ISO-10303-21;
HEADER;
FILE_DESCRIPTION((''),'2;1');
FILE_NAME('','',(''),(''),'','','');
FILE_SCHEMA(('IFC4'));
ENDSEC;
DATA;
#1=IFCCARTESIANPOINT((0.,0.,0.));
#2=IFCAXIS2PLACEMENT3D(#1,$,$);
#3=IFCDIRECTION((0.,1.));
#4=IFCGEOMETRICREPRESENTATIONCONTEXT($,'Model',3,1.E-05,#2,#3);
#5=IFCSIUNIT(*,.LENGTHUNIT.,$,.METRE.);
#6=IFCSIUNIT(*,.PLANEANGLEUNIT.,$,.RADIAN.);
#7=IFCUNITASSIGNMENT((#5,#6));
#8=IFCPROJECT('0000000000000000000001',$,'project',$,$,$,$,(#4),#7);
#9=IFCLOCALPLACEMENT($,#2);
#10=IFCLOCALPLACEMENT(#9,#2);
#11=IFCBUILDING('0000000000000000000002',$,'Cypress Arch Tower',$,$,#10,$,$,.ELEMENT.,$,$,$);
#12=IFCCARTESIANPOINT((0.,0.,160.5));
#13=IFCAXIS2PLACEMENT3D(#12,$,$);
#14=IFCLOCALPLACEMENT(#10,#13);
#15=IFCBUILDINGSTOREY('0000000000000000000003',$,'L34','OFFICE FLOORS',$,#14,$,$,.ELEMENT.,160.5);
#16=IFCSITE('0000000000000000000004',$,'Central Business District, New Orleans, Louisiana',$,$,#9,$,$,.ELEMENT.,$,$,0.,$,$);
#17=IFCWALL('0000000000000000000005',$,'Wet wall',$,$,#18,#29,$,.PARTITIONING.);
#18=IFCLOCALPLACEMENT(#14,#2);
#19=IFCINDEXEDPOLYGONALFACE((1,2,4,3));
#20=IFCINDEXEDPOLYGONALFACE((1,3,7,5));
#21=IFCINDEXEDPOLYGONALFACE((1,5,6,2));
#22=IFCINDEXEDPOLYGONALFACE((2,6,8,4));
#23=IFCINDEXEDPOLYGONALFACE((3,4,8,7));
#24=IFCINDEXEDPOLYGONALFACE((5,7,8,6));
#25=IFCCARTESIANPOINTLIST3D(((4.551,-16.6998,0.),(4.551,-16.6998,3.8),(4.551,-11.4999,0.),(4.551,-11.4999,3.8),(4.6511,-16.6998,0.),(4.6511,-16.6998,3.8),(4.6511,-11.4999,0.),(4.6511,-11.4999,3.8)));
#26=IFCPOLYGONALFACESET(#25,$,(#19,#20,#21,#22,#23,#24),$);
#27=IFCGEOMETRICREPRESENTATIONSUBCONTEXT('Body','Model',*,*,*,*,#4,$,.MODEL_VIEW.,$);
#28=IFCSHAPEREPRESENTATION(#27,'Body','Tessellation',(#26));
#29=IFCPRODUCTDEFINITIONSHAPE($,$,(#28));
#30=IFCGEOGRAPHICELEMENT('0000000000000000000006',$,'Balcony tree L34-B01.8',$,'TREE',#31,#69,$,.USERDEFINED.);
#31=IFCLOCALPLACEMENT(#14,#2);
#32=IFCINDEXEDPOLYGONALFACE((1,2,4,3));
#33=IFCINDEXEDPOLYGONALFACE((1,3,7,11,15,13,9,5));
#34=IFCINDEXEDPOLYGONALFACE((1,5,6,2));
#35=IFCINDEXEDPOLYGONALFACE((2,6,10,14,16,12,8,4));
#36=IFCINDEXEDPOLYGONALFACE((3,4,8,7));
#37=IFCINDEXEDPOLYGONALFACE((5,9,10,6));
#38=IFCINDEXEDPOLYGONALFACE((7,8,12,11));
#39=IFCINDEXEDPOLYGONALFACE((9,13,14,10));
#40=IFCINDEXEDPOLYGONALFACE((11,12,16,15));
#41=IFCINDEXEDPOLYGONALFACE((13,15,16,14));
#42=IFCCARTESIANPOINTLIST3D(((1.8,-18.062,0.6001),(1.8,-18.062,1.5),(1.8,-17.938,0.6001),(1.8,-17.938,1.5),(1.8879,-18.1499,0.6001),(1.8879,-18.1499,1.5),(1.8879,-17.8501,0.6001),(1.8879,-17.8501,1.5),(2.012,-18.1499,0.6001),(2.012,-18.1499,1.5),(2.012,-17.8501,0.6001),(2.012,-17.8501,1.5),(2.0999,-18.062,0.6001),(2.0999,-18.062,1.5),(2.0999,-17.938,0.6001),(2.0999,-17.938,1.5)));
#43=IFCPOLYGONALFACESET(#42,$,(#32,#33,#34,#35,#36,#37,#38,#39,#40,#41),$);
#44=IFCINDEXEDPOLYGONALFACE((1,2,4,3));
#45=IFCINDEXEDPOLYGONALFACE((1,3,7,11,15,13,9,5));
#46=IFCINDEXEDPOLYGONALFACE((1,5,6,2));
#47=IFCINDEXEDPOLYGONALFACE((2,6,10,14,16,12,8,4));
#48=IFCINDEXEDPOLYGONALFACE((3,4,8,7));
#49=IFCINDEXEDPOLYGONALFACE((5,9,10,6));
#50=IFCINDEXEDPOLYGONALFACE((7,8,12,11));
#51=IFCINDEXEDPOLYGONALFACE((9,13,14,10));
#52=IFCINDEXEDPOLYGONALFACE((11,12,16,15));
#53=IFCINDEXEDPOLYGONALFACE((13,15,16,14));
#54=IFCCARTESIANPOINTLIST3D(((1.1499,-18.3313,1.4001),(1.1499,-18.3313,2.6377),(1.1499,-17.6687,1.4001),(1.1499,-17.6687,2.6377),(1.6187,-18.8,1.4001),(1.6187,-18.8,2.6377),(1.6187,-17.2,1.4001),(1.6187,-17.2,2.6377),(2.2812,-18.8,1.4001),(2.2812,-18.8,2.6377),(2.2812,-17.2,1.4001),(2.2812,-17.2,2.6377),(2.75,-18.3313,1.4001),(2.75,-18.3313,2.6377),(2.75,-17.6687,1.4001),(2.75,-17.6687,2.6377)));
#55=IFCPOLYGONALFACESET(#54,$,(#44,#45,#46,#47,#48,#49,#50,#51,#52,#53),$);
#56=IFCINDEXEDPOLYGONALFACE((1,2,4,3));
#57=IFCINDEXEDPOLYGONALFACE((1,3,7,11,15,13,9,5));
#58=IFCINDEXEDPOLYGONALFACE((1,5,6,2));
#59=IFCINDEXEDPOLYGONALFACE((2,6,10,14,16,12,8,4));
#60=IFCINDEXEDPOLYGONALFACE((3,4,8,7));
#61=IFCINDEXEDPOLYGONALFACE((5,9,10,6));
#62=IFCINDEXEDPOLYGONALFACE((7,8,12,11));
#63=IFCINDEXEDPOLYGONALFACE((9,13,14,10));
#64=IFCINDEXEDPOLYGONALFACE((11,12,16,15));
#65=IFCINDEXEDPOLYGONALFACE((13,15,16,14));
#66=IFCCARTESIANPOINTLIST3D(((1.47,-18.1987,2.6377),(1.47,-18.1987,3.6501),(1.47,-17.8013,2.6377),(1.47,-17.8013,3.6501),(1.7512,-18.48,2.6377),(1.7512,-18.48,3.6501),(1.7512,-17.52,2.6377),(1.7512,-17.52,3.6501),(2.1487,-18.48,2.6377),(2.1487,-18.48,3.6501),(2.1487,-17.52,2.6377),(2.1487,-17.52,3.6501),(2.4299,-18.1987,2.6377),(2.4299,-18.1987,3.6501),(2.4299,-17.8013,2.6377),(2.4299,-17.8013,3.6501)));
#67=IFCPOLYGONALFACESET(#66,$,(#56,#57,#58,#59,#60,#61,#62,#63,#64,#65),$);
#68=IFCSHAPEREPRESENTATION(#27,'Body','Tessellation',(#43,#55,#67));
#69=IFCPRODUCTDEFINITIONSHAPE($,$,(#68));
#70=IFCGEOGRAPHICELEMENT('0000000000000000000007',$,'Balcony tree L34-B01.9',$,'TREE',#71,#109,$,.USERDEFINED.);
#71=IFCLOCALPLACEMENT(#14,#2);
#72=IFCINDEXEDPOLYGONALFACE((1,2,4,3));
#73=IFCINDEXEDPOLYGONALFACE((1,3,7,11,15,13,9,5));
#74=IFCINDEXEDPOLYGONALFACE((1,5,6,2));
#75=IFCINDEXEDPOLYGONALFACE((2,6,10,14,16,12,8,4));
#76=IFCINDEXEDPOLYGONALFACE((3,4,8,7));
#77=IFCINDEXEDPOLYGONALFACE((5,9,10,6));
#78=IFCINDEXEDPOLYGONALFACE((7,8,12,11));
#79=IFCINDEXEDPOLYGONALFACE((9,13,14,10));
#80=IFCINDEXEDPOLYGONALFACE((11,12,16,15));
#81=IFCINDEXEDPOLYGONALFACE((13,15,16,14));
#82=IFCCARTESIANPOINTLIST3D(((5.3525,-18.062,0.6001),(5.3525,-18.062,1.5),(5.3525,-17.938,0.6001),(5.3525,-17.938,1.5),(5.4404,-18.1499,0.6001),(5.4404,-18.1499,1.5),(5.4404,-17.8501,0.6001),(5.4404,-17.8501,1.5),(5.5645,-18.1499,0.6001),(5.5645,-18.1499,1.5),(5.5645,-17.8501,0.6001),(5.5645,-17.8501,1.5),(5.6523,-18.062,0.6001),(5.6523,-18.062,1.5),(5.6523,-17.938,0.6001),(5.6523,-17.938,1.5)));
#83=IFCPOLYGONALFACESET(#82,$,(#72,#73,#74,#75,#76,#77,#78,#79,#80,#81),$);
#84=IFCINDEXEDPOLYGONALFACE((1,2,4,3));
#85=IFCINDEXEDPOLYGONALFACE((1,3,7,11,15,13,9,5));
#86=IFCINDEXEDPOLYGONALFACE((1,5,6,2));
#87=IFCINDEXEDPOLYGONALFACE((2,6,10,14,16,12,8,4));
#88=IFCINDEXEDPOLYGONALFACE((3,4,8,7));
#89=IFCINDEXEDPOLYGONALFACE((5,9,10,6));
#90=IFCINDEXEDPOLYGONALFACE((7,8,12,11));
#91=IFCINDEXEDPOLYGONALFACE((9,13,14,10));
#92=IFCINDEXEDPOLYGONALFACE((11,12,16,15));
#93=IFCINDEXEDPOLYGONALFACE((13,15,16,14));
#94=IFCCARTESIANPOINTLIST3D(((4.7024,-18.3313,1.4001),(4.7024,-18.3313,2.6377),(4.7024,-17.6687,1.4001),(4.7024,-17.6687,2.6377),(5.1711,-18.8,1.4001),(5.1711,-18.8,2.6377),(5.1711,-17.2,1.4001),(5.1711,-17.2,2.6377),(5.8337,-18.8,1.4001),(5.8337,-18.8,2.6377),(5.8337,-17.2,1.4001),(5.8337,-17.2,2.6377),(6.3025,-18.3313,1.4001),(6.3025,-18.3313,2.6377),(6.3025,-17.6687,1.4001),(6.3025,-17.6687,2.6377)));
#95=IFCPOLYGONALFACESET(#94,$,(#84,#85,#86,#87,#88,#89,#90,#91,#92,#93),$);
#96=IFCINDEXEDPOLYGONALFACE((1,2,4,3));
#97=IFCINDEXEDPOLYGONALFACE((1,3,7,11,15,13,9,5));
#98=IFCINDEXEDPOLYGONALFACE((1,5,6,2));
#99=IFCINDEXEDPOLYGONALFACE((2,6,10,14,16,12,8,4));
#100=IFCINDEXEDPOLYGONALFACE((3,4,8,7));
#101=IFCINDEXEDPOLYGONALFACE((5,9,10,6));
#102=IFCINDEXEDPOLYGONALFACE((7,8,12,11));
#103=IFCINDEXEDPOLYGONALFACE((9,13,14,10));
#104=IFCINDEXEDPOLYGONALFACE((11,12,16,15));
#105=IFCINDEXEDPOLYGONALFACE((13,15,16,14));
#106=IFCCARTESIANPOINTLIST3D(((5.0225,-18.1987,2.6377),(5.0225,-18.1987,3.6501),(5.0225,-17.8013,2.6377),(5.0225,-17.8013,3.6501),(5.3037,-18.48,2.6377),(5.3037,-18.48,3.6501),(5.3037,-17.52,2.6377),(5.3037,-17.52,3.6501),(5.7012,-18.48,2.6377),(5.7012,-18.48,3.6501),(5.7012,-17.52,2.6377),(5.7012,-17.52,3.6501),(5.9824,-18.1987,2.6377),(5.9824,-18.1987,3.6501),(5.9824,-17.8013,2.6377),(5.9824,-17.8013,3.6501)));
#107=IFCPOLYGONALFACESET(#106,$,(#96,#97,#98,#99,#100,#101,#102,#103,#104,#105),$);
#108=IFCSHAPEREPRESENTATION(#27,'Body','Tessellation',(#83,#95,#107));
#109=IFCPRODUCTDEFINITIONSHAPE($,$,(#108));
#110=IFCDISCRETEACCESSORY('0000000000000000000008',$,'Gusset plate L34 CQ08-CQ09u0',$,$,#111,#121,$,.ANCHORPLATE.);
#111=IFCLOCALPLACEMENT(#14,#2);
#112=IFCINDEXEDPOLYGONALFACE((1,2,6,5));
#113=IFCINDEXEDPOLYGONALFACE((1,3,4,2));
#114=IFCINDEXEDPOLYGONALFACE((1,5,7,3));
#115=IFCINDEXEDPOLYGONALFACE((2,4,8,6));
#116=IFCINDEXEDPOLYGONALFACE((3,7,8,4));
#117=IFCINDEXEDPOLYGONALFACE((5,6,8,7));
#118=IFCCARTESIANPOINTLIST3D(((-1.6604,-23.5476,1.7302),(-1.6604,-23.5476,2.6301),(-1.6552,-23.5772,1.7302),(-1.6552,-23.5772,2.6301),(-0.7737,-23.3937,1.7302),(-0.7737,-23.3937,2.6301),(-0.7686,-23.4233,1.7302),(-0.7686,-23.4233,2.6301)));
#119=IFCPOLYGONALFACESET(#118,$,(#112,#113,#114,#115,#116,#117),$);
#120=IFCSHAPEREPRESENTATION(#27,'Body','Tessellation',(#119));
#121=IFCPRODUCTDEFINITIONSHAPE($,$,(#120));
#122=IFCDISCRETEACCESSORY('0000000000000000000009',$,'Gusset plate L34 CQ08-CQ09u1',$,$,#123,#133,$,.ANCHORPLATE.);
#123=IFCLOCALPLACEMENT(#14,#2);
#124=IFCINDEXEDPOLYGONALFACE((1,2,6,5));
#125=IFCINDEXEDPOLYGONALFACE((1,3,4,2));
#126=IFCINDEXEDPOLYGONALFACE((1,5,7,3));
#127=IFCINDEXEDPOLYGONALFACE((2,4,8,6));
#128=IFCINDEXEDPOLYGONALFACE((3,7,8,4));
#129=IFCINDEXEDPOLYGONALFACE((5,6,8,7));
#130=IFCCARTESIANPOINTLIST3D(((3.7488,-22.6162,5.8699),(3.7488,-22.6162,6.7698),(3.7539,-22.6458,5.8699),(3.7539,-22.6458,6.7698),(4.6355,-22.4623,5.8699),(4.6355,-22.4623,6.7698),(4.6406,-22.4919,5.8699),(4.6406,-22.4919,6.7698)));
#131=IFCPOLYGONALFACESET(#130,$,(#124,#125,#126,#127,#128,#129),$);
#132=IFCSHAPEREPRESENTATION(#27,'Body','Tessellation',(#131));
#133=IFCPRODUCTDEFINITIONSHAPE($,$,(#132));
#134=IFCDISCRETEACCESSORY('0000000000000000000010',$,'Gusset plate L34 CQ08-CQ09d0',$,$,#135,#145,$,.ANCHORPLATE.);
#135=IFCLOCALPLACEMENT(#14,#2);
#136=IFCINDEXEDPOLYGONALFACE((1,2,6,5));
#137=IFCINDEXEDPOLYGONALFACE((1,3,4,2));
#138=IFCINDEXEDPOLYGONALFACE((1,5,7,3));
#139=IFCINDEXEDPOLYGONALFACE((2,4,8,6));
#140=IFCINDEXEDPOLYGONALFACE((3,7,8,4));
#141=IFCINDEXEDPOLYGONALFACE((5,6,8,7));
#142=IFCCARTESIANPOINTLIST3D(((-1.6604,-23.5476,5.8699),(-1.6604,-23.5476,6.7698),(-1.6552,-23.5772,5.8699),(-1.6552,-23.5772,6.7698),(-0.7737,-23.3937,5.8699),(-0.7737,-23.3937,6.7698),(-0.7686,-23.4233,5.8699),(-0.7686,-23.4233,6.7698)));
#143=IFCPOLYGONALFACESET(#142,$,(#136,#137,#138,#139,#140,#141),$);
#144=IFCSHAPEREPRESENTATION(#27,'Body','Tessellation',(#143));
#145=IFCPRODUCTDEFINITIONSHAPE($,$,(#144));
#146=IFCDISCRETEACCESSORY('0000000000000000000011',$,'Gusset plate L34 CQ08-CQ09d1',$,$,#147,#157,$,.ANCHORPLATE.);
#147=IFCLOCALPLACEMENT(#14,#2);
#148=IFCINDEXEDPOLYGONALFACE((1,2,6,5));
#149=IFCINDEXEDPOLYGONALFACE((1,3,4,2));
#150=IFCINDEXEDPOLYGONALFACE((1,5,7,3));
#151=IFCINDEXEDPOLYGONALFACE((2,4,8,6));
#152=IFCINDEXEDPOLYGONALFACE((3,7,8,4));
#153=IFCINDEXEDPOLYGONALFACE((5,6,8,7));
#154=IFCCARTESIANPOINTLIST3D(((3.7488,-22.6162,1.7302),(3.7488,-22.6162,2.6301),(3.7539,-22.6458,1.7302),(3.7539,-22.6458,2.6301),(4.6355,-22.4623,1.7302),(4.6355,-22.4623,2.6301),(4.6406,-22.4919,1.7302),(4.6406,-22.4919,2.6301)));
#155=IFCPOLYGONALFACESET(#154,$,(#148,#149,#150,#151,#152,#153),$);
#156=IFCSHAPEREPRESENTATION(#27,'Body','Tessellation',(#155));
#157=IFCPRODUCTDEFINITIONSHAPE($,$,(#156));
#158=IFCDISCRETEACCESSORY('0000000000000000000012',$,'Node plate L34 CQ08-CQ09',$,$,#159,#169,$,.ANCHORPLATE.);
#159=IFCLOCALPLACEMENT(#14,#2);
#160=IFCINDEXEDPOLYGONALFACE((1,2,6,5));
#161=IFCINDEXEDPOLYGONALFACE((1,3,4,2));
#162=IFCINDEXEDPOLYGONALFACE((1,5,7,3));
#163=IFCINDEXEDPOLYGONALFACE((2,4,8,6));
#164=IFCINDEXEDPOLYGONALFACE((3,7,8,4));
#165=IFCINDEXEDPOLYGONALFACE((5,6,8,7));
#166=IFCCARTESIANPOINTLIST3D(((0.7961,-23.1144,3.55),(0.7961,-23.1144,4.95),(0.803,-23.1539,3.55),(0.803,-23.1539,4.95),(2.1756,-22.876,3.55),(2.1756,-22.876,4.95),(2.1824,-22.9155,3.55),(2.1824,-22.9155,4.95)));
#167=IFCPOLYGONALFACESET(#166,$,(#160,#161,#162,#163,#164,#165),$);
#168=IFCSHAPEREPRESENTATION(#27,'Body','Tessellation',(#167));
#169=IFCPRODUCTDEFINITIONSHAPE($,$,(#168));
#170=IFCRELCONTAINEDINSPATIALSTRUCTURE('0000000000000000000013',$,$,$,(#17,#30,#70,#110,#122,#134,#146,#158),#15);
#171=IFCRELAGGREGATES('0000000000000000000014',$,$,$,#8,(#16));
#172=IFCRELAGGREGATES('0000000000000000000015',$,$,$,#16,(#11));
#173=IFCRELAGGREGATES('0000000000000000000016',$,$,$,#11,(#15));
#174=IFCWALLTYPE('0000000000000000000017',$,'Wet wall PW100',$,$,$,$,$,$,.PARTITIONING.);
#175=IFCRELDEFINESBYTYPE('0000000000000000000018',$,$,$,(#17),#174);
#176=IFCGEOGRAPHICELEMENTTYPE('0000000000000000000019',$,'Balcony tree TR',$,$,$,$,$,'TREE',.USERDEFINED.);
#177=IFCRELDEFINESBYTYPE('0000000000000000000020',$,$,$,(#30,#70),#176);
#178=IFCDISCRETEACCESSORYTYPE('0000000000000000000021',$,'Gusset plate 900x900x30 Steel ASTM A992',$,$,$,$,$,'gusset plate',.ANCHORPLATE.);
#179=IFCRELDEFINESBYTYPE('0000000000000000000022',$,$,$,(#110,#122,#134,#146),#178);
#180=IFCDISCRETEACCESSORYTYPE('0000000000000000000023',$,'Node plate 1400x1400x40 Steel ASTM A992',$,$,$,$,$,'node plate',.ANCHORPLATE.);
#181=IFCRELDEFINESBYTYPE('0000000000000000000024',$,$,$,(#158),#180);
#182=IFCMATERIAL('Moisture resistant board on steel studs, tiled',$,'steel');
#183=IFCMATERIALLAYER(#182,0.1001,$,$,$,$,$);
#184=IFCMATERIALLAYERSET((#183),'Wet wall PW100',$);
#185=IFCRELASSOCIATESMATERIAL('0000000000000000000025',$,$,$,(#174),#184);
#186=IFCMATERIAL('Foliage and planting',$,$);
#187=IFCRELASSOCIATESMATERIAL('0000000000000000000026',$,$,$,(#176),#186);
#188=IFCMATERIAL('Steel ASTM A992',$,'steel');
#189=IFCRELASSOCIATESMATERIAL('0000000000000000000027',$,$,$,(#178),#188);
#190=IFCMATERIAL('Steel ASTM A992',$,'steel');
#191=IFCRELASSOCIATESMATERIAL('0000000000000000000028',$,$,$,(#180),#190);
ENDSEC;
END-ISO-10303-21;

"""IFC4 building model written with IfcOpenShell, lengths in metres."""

from ifc_helpers import new_model, si_unit, direction, frame, frame_2d, origin, origin_2d, place, context, subcontext, project, spatial, polyline, rectangle, outline, extrude, material, layer, layer_set, material_profile, profile_set, type_object, element, save


model = new_model("IFC4")

# Units and contexts
model_context = context("Model", 3, precision=1e-05, world=origin(), true_north=direction((0.0, 1.0)))
body_context = subcontext(model_context, "Body", "Model", "MODEL_VIEW")
ifc_project = project(units=[si_unit("LENGTHUNIT", "METRE"), si_unit("PLANEANGLEUNIT", "RADIAN")], contexts=[model_context])

# Site, building, storey
site_placement = place(None, origin())
site = spatial("IfcSite", under=ifc_project, at=site_placement, Name="Central Business District, New Orleans, Louisiana", CompositionType="ELEMENT", RefElevation=0.0)
building_placement = place(site_placement, origin())
building = spatial("IfcBuilding", under=site, at=building_placement, Name="Cypress Arch Tower", CompositionType="ELEMENT")
storey_placement = place(building_placement, frame((0.0, 0.0, 160.5)))
storey = spatial("IfcBuildingStorey", under=building, at=storey_placement, Name="L34", Description="OFFICE FLOORS", CompositionType="ELEMENT", Elevation=160.5)

# Wall
ifc_material_1 = material(Name="Moisture resistant board on steel studs, tiled", Category="steel")
ifc_layer_1 = layer(ifc_material_1, 0.1001)
ifc_layer_set_1 = layer_set([ifc_layer_1], Name="Wet wall PW100")
wall_type_1 = type_object("IfcWallType", Name="Wet wall PW100", PredefinedType="PARTITIONING", material=ifc_layer_set_1)
wall_1_placement = place(storey_placement, frame((4.6011, -16.7, 0.0), z_axis=(0.0, 0.0, 1.0), x_axis=(0.0, 1.0, 0.0)))
element("IfcWall", 1, at=wall_1_placement, inside=storey, type_object=wall_type_1, Name="Wet wall", PredefinedType="PARTITIONING", context=body_context, shape_type="SweptSolid", body=[
    extrude(rectangle(XDim=5.2, YDim=0.1001, at=frame_2d((2.6001, 0.0))), origin(), (0.0, 0.0, 1.0), 3.8),
])

# Geographic elements
ifc_material_2 = material(Name="Foliage and planting")
geographic_element_type = type_object("IfcGeographicElementType", Name="Balcony tree TR", ElementType="TREE", PredefinedType="USERDEFINED", material=ifc_material_2)
for number, where, z_axis, x_axis, name in (
    (2, (1.95, -18.0, 0.6001), (0.0, 0.0, 1.0), (1.0, 0.0, 0.0), "Balcony tree L34-B01.8"),
    (3, (5.5024, -18.0, 0.6001), (0.0, 0.0, 1.0), (1.0, 0.0, 0.0), "Balcony tree L34-B01.9"),
):
    element("IfcGeographicElement", number, at=place(storey_placement, frame(where, z_axis=z_axis, x_axis=x_axis)), inside=storey, type_object=geographic_element_type, Name=name, ObjectType="TREE", PredefinedType="USERDEFINED", context=body_context, shape_type="SweptSolid", body=[
        extrude(outline(polyline([(0.1499, 0.062), (0.062, 0.1499), (-0.062, 0.1499), (-0.1499, 0.062), (-0.1499, -0.062), (-0.062, -0.1499), (0.062, -0.1499), (0.1499, -0.062), (0.1499, 0.062)])), origin(), (0.0, 0.0, 1.0), 0.8999),
        extrude(outline(polyline([(0.8, 0.3313), (0.3313, 0.8), (-0.3313, 0.8), (-0.8, 0.3313), (-0.8, -0.3313), (-0.3313, -0.8), (0.3313, -0.8), (0.8, -0.3313), (0.8, 0.3313)])), frame((0.0, 0.0, 0.8)), (0.0, 0.0, 1.0), 1.2375),
        extrude(outline(polyline([(0.48, 0.1987), (0.1987, 0.48), (-0.1987, 0.48), (-0.48, 0.1987), (-0.48, -0.1987), (-0.1987, -0.48), (0.1987, -0.48), (0.48, -0.1987), (0.48, 0.1987)])), frame((0.0, 0.0, 2.0376)), (0.0, 0.0, 1.0), 1.0125),
    ])

# Discrete accessories
ifc_material_3 = material(Name="Steel ASTM A992", Category="steel")
ifc_material_profile_1 = material_profile(ifc_material_3, rectangle(XDim=0.8999, YDim=0.8999, at=origin_2d()), Name="PL 30 900x900")
ifc_profile_set_1 = profile_set([ifc_material_profile_1], Name="Steel ASTM A992")
discrete_accessory_type_1 = type_object("IfcDiscreteAccessoryType", Name="Gusset plate 900x900x30 Steel ASTM A992", ElementType="gusset plate", PredefinedType="ANCHORPLATE", material=ifc_profile_set_1)
for number, where, z_axis, x_axis, name in (
    (4, (-1.2119, -23.5002, 2.1802), (-0.170998, 0.985271, 0.0), (-0.985271, -0.170998, 0.0), "Gusset plate L34 CQ08-CQ09u0"),
    (5, (4.1973, -22.5688, 6.3198), (-0.170998, 0.985271, 0.0), (-0.985271, -0.170998, 0.0), "Gusset plate L34 CQ08-CQ09u1"),
    (6, (-1.2119, -23.5002, 6.3198), (-0.170998, 0.985271, 0.0), (-0.985271, -0.170998, 0.0), "Gusset plate L34 CQ08-CQ09d0"),
    (7, (4.1973, -22.5688, 2.1802), (-0.170998, 0.985271, 0.0), (-0.985271, -0.170998, 0.0), "Gusset plate L34 CQ08-CQ09d1"),
):
    element("IfcDiscreteAccessory", number, at=place(storey_placement, frame(where, z_axis=z_axis, x_axis=x_axis)), inside=storey, type_object=discrete_accessory_type_1, Name=name, PredefinedType="ANCHORPLATE", context=body_context, shape_type="SweptSolid", body=[
        extrude(rectangle(XDim=0.8999, YDim=0.8999, at=origin_2d()), origin(), (0.0, 0.0, 1.0), 0.03),
    ])
ifc_material_4 = material(Name="Steel ASTM A992", Category="steel")
ifc_material_profile_2 = material_profile(ifc_material_4, rectangle(XDim=1.3999, YDim=1.3999, at=origin_2d()), Name="PL 40 1400x1400")
ifc_profile_set_2 = profile_set([ifc_material_profile_2], Name="Steel ASTM A992")
discrete_accessory_type_2 = type_object("IfcDiscreteAccessoryType", Name="Node plate 1400x1400x40 Steel ASTM A992", ElementType="node plate", PredefinedType="ANCHORPLATE", material=ifc_profile_set_2)
discrete_accessory_placement = place(storey_placement, frame((1.4927, -23.0347, 4.25), z_axis=(-0.170314, 0.98539, 0.0), x_axis=(-0.98539, -0.170314, 0.0)))
element("IfcDiscreteAccessory", 8, at=discrete_accessory_placement, inside=storey, type_object=discrete_accessory_type_2, Name="Node plate L34 CQ08-CQ09", PredefinedType="ANCHORPLATE", context=body_context, shape_type="SweptSolid", body=[
    extrude(rectangle(XDim=1.3999, YDim=1.3999, at=origin_2d()), origin(), (0.0, 0.0, 1.0), 0.04),
])

save(model, "model.ifc")
